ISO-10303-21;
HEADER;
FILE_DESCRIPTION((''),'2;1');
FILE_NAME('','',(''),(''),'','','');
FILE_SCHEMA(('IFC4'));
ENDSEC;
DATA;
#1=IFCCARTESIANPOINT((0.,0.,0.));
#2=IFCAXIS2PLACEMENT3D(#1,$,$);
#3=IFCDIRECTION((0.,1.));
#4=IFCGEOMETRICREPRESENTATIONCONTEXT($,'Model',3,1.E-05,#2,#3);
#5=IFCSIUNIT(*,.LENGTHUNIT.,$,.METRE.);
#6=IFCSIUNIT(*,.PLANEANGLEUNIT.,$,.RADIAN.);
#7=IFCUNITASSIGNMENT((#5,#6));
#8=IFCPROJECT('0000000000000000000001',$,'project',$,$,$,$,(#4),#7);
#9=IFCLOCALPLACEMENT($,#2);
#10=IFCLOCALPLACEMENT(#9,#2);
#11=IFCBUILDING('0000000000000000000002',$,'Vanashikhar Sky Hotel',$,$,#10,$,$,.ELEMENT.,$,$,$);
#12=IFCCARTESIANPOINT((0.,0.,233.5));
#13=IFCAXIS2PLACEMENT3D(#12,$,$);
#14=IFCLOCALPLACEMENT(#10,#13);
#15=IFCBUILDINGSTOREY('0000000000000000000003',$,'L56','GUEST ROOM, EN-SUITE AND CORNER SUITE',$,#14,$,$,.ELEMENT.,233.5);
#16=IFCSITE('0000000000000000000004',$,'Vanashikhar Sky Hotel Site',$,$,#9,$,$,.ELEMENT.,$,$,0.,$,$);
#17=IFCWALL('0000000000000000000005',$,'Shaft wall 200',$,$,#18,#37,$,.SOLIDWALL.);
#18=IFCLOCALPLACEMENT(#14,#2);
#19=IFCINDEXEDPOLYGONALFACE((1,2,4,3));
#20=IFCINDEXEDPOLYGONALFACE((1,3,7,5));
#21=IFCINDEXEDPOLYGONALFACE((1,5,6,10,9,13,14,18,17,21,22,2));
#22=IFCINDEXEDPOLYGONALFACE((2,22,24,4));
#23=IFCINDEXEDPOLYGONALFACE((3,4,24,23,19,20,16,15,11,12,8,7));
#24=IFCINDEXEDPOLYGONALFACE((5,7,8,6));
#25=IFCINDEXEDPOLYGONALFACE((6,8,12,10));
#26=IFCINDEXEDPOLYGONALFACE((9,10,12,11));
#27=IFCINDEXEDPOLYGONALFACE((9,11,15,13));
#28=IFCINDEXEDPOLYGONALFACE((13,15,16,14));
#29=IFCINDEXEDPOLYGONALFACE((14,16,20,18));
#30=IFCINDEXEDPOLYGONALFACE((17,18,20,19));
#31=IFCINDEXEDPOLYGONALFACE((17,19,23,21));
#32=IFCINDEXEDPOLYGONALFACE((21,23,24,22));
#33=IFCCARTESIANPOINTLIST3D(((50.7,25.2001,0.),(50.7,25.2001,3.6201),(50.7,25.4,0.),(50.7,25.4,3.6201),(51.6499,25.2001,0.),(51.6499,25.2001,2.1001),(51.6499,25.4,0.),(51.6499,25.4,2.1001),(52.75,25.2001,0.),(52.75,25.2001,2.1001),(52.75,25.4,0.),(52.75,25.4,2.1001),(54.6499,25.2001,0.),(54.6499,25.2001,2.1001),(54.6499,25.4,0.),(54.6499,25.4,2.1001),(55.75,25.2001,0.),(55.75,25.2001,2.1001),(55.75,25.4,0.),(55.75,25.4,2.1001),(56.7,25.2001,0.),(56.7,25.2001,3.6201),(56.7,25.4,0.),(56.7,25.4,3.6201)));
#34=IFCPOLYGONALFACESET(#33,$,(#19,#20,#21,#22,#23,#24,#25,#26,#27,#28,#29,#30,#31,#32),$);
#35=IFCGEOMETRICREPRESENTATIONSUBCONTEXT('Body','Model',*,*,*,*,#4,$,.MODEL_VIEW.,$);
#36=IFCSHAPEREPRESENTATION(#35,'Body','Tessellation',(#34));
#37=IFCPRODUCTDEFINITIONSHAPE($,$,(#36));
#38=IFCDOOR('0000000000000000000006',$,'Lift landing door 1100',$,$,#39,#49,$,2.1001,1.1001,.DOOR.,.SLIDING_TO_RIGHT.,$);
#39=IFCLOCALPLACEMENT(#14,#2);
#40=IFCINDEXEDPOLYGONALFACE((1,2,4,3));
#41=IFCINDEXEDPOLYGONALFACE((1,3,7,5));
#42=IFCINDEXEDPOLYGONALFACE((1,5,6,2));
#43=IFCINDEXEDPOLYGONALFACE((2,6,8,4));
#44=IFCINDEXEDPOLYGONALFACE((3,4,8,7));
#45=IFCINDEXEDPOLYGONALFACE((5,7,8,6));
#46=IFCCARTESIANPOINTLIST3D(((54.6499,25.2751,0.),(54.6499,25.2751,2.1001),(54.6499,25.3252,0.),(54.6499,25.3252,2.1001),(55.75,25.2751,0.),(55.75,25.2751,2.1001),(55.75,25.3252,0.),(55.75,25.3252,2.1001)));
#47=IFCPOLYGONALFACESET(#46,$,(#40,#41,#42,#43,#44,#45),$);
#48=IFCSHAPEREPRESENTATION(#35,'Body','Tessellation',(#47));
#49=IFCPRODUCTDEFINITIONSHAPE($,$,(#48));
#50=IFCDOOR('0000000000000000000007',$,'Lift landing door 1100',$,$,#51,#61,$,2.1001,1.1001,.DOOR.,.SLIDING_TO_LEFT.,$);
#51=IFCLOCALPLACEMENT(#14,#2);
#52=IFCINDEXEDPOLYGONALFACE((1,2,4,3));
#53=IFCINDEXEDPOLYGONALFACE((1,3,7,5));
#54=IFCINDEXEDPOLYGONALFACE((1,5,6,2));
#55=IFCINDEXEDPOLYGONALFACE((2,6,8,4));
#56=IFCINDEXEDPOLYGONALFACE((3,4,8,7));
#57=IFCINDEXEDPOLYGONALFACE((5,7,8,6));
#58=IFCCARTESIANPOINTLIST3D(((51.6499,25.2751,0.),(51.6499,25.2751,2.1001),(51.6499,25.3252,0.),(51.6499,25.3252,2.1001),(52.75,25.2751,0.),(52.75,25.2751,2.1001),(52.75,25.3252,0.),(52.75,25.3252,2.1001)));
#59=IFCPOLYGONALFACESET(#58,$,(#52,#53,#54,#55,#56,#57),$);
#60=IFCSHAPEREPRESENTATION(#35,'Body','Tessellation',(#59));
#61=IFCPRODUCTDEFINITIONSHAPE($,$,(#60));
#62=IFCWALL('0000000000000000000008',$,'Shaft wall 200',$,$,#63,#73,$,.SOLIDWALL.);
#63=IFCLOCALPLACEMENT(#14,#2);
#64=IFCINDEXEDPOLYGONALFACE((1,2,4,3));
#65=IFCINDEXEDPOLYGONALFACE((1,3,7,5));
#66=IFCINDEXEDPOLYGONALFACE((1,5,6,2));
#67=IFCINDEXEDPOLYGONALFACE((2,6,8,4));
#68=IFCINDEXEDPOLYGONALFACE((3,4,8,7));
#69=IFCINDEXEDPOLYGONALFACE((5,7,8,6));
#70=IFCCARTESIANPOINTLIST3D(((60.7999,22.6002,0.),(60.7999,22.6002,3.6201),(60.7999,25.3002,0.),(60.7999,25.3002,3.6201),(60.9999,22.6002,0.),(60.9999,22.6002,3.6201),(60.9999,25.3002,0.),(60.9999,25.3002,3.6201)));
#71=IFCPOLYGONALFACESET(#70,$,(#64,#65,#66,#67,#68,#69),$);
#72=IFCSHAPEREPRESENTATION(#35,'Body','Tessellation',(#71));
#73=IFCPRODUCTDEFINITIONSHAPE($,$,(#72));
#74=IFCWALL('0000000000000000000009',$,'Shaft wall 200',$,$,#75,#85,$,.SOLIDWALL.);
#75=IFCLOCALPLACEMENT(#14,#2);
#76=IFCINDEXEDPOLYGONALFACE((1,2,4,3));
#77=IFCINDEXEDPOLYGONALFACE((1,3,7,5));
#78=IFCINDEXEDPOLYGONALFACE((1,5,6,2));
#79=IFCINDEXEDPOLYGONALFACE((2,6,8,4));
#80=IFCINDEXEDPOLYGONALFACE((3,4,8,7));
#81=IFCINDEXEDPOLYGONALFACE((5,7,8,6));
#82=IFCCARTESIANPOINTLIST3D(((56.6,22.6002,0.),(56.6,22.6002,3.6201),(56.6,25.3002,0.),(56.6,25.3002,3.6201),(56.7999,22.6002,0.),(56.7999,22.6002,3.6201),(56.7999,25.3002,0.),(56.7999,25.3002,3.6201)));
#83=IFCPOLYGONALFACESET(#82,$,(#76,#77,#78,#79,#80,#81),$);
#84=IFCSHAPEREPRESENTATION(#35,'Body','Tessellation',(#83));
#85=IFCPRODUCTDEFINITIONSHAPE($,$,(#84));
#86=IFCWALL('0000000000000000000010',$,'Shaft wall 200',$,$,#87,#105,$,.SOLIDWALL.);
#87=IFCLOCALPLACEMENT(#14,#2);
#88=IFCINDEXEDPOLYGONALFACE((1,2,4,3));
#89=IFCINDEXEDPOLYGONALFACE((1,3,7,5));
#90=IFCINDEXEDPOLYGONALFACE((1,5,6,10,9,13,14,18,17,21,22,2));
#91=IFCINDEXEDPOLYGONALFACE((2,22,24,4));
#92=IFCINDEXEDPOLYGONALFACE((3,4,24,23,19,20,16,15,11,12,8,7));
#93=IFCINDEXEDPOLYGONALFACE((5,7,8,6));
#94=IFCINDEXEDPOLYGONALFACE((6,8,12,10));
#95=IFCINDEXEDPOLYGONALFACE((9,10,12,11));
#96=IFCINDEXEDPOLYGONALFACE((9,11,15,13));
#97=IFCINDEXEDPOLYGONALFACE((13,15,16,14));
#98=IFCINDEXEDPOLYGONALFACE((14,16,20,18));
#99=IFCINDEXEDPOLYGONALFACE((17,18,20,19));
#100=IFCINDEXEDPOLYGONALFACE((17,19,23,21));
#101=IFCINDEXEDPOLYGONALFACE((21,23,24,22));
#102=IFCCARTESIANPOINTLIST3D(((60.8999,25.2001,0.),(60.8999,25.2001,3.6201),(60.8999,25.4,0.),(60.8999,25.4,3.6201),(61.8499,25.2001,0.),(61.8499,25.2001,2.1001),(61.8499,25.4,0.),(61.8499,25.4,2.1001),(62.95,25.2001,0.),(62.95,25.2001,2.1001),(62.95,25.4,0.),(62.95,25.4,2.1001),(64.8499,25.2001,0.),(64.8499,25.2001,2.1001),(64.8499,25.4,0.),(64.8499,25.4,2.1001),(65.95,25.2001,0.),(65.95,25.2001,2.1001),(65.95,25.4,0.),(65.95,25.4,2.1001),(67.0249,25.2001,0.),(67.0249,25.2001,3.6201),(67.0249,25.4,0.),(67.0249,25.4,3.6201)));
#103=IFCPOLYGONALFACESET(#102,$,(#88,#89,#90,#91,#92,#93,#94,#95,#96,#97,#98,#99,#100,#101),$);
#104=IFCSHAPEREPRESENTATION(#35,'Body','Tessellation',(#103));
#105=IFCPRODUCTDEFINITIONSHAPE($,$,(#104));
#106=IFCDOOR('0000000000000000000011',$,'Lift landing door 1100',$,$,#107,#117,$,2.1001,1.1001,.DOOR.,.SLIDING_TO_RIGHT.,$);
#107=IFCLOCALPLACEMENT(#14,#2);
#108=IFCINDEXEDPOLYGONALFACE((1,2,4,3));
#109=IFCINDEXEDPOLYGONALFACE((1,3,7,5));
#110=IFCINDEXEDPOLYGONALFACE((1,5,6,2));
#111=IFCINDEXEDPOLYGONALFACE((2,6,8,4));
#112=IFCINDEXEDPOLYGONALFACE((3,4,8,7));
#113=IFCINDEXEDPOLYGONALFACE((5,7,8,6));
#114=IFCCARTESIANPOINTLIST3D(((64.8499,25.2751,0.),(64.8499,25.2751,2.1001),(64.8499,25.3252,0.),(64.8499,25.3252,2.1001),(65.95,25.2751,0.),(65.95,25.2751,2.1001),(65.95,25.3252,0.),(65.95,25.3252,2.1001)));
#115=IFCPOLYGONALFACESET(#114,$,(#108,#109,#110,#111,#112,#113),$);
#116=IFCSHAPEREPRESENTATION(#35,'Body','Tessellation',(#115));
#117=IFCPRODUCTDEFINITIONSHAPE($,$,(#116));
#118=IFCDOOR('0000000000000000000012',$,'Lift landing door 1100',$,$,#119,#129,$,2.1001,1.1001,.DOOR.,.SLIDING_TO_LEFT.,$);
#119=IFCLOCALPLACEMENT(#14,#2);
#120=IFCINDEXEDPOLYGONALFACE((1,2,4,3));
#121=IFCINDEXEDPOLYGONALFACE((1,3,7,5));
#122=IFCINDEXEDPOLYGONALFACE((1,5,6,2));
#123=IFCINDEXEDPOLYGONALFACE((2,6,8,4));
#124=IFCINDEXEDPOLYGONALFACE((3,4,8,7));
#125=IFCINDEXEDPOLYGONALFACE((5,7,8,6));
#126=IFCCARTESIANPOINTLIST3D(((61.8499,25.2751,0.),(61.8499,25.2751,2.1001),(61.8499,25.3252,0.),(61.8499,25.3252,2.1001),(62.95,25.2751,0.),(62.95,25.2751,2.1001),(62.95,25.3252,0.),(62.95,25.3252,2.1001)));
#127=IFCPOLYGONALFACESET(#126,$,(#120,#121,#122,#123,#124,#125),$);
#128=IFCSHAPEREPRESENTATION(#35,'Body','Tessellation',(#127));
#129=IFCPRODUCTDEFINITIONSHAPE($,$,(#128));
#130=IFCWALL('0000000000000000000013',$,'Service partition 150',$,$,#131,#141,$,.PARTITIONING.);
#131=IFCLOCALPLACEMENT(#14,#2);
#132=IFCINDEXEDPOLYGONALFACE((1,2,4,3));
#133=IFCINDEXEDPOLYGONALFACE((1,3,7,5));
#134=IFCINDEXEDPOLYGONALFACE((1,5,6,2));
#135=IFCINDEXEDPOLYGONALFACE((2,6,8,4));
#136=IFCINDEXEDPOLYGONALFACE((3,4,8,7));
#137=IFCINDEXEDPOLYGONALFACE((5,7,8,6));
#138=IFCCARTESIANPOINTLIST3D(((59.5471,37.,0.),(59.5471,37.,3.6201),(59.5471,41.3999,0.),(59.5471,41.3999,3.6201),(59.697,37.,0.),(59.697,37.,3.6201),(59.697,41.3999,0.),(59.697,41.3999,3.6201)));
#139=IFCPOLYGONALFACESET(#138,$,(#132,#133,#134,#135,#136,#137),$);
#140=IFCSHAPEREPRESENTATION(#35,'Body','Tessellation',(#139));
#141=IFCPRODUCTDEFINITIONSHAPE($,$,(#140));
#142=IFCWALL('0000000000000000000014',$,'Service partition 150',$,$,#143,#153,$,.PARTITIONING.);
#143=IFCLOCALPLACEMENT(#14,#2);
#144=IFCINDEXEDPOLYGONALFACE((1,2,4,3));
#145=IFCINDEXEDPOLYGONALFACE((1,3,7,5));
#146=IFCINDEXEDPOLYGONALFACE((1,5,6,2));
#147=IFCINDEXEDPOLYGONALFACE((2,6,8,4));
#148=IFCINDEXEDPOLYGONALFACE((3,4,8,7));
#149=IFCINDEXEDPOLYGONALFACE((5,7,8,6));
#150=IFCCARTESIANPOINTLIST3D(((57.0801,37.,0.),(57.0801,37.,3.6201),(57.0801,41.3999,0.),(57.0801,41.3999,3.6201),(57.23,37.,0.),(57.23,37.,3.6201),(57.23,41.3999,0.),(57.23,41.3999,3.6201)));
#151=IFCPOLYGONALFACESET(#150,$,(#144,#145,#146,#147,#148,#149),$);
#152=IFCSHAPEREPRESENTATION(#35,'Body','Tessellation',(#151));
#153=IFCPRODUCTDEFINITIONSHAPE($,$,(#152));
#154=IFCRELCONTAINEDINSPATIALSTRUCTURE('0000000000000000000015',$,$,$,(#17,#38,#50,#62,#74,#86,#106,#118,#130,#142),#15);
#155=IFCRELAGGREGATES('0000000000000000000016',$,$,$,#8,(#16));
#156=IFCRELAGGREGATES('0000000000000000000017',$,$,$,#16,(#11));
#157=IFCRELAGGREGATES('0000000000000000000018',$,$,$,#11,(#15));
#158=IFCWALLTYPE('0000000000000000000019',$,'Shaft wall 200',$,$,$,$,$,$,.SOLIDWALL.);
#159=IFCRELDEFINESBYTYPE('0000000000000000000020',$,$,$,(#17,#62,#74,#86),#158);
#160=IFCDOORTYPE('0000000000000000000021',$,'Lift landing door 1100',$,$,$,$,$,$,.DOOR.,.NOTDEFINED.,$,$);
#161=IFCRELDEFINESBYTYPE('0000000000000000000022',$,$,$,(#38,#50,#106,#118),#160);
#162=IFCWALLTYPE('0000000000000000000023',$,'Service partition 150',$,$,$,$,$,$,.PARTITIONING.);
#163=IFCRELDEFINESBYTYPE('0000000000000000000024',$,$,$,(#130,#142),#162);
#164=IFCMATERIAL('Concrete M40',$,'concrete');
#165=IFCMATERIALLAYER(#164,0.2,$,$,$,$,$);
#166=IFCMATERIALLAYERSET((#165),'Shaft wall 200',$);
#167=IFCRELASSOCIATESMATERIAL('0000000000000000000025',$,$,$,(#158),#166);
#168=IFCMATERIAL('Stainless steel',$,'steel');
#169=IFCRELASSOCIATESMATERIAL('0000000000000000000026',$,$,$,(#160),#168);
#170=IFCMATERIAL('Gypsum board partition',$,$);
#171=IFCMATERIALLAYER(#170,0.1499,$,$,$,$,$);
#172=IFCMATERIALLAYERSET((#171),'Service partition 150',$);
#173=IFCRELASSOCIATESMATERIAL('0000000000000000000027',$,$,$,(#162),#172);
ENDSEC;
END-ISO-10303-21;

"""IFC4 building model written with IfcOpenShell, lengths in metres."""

from ifc_helpers import new_model, si_unit, direction, frame, frame_2d, origin, place, context, subcontext, project, spatial, rectangle, extrude, source, transform, mapped, material, layer, layer_set, type_object, element, fill, save


model = new_model("IFC4")

# Units and contexts
model_context = context("Model", 3, precision=1e-05, world=origin(), true_north=direction((0.0, 1.0)))
body_context = subcontext(model_context, "Body", "Model", "MODEL_VIEW")
ifc_project = project(units=[si_unit("LENGTHUNIT", "METRE"), si_unit("PLANEANGLEUNIT", "RADIAN")], contexts=[model_context])

# Site, building, storey
site_placement = place(None, origin())
site = spatial("IfcSite", under=ifc_project, at=site_placement, Name="Vanashikhar Sky Hotel Site", CompositionType="ELEMENT", RefElevation=0.0)
building_placement = place(site_placement, origin())
building = spatial("IfcBuilding", under=site, at=building_placement, Name="Vanashikhar Sky Hotel", CompositionType="ELEMENT")
storey_placement = place(building_placement, frame((0.0, 0.0, 233.5)))
storey = spatial("IfcBuildingStorey", under=building, at=storey_placement, Name="L56", Description="GUEST ROOM, EN-SUITE AND CORNER SUITE", CompositionType="ELEMENT", Elevation=233.5)

# Wall, openings, doors
ifc_material_1 = material(Name="Concrete M40", Category="concrete")
ifc_layer_1 = layer(ifc_material_1, 0.2)
ifc_layer_set_1 = layer_set([ifc_layer_1], Name="Shaft wall 200")
wall_type_1 = type_object("IfcWallType", Name="Shaft wall 200", PredefinedType="SOLIDWALL", material=ifc_layer_set_1)
shared_shape_1 = source(origin(), body_context, "Body", "SweptSolid", [
    extrude(rectangle(XDim=6.0, YDim=0.2, at=frame_2d((3.0, 0.0))), origin(), (0.0, 0.0, 1.0), 3.6201),
])
wall_1_placement = place(storey_placement, frame((56.7, 25.3, 0.0), z_axis=(0.0, 0.0, 1.0), x_axis=(-1.0, 0.0, 0.0)))
wall_1 = element("IfcWall", 1, at=wall_1_placement, inside=storey, type_object=wall_type_1, Name="Shaft wall 200", PredefinedType="SOLIDWALL", context=body_context, shape_type="MappedRepresentation", body=[
    mapped(shared_shape_1, transform((0.0, 0.0, 0.0), scale=1.0)),
])
shared_shape_2 = source(origin(), body_context, "Body", "SweptSolid", [
    extrude(rectangle(XDim=1.1001, YDim=2.1001, at=frame_2d((0.55, 1.05))), frame((0.0, 0.1099, 0.0), z_axis=(0.0, -1.0, 0.0), x_axis=(1.0, 0.0, 0.0)), (0.0, 0.0, 1.0), 0.22),
])
opening_1_placement = place(wall_1_placement, frame((0.95, 0.0, 0.0)))
opening_1 = element("IfcOpeningElement", 2, at=opening_1_placement, cuts=wall_1, PredefinedType="OPENING", context=body_context, shape_type="MappedRepresentation", body=[
    mapped(shared_shape_2, transform((0.0, 0.0, 0.0), scale=1.0)),
])
opening_2_placement = place(wall_1_placement, frame((3.95, 0.0, 0.0)))
opening_2 = element("IfcOpeningElement", 3, at=opening_2_placement, cuts=wall_1, PredefinedType="OPENING", context=body_context, shape_type="MappedRepresentation", body=[
    mapped(shared_shape_2, transform((0.0, 0.0, 0.0), scale=1.0)),
])
ifc_material_2 = material(Name="Stainless steel", Category="steel")
door_type_1 = type_object("IfcDoorType", Name="Lift landing door 1100", OperationType="NOTDEFINED", PredefinedType="DOOR", material=ifc_material_2)
shared_shape_3 = source(origin(), body_context, "Body", "SweptSolid", [
    extrude(rectangle(XDim=1.1001, YDim=2.1001, at=frame_2d((0.55, 1.05))), frame((0.0, 0.0249, 0.0), z_axis=(0.0, -1.0, 0.0), x_axis=(1.0, 0.0, 0.0)), (0.0, 0.0, 1.0), 0.05),
])
door_1_placement = place(opening_1_placement, origin())
door_1 = element("IfcDoor", 4, at=door_1_placement, inside=storey, type_object=door_type_1, Name="Lift landing door 1100", OperationType="SLIDING_TO_RIGHT", OverallHeight=2.1001, OverallWidth=1.1001, PredefinedType="DOOR", context=body_context, shape_type="MappedRepresentation", body=[
    mapped(shared_shape_3, transform((0.0, 0.0, 0.0), scale=1.0)),
])
fill(opening_1, door_1)
door_2_placement = place(opening_2_placement, origin())
door_2 = element("IfcDoor", 5, at=door_2_placement, inside=storey, type_object=door_type_1, Name="Lift landing door 1100", OperationType="SLIDING_TO_LEFT", OverallHeight=2.1001, OverallWidth=1.1001, PredefinedType="DOOR", context=body_context, shape_type="MappedRepresentation", body=[
    mapped(shared_shape_3, transform((0.0, 0.0, 0.0), scale=1.0)),
])
fill(opening_2, door_2)

# Walls
shared_shape_4 = source(origin(), body_context, "Body", "SweptSolid", [
    extrude(rectangle(XDim=2.7, YDim=0.2, at=frame_2d((1.3501, 0.0))), origin(), (0.0, 0.0, 1.0), 3.6201),
])
for number, where, z_axis, x_axis, name in (
    (6, (60.8999, 22.6001, 0.0), (0.0, 0.0, 1.0), (0.0, 1.0, 0.0), "Shaft wall 200"),
    (7, (56.7, 22.6001, 0.0), (0.0, 0.0, 1.0), (0.0, 1.0, 0.0), "Shaft wall 200"),
):
    element("IfcWall", number, at=place(storey_placement, frame(where, z_axis=z_axis, x_axis=x_axis)), inside=storey, type_object=wall_type_1, Name=name, PredefinedType="SOLIDWALL", context=body_context, shape_type="MappedRepresentation", body=[
        mapped(shared_shape_4, transform((0.0, 0.0, 0.0), scale=1.0)),
    ])

# Wall, openings, doors
shared_shape_5 = source(origin(), body_context, "Body", "SweptSolid", [
    extrude(rectangle(XDim=6.125, YDim=0.2, at=frame_2d((3.0625, 0.0))), origin(), (0.0, 0.0, 1.0), 3.6201),
])
wall_2_placement = place(storey_placement, frame((67.0249, 25.3, 0.0), z_axis=(0.0, 0.0, 1.0), x_axis=(-1.0, 0.0, 0.0)))
wall_2 = element("IfcWall", 8, at=wall_2_placement, inside=storey, type_object=wall_type_1, Name="Shaft wall 200", PredefinedType="SOLIDWALL", context=body_context, shape_type="MappedRepresentation", body=[
    mapped(shared_shape_5, transform((0.0, 0.0, 0.0), scale=1.0)),
])
opening_3_placement = place(wall_2_placement, frame((1.075, 0.0, 0.0)))
opening_3 = element("IfcOpeningElement", 9, at=opening_3_placement, cuts=wall_2, PredefinedType="OPENING", context=body_context, shape_type="MappedRepresentation", body=[
    mapped(shared_shape_2, transform((0.0, 0.0, 0.0), scale=1.0)),
])
opening_4_placement = place(wall_2_placement, frame((4.075, 0.0, 0.0)))
opening_4 = element("IfcOpeningElement", 10, at=opening_4_placement, cuts=wall_2, PredefinedType="OPENING", context=body_context, shape_type="MappedRepresentation", body=[
    mapped(shared_shape_2, transform((0.0, 0.0, 0.0), scale=1.0)),
])
door_3_placement = place(opening_3_placement, origin())
door_3 = element("IfcDoor", 11, at=door_3_placement, inside=storey, type_object=door_type_1, Name="Lift landing door 1100", OperationType="SLIDING_TO_RIGHT", OverallHeight=2.1001, OverallWidth=1.1001, PredefinedType="DOOR", context=body_context, shape_type="MappedRepresentation", body=[
    mapped(shared_shape_3, transform((0.0, 0.0, 0.0), scale=1.0)),
])
fill(opening_3, door_3)
door_4_placement = place(opening_4_placement, origin())
door_4 = element("IfcDoor", 12, at=door_4_placement, inside=storey, type_object=door_type_1, Name="Lift landing door 1100", OperationType="SLIDING_TO_LEFT", OverallHeight=2.1001, OverallWidth=1.1001, PredefinedType="DOOR", context=body_context, shape_type="MappedRepresentation", body=[
    mapped(shared_shape_3, transform((0.0, 0.0, 0.0), scale=1.0)),
])
fill(opening_4, door_4)

# Walls
ifc_material_3 = material(Name="Gypsum board partition")
ifc_layer_2 = layer(ifc_material_3, 0.1499)
ifc_layer_set_2 = layer_set([ifc_layer_2], Name="Service partition 150")
wall_type_2 = type_object("IfcWallType", Name="Service partition 150", PredefinedType="PARTITIONING", material=ifc_layer_set_2)
shared_shape_6 = source(origin(), body_context, "Body", "SweptSolid", [
    extrude(rectangle(XDim=4.3999, YDim=0.1499, at=frame_2d((2.2, 0.0))), origin(), (0.0, 0.0, 1.0), 3.6201),
])
for number, where, z_axis, x_axis, name in (
    (13, (59.6221, 37.0, 0.0), (0.0, 0.0, 1.0), (0.0, 1.0, 0.0), "Service partition 150"),
    (14, (57.155, 37.0, 0.0), (0.0, 0.0, 1.0), (0.0, 1.0, 0.0), "Service partition 150"),
):
    element("IfcWall", number, at=place(storey_placement, frame(where, z_axis=z_axis, x_axis=x_axis)), inside=storey, type_object=wall_type_2, Name=name, PredefinedType="PARTITIONING", context=body_context, shape_type="MappedRepresentation", body=[
        mapped(shared_shape_6, transform((0.0, 0.0, 0.0), scale=1.0)),
    ])

save(model, "model.ifc")
